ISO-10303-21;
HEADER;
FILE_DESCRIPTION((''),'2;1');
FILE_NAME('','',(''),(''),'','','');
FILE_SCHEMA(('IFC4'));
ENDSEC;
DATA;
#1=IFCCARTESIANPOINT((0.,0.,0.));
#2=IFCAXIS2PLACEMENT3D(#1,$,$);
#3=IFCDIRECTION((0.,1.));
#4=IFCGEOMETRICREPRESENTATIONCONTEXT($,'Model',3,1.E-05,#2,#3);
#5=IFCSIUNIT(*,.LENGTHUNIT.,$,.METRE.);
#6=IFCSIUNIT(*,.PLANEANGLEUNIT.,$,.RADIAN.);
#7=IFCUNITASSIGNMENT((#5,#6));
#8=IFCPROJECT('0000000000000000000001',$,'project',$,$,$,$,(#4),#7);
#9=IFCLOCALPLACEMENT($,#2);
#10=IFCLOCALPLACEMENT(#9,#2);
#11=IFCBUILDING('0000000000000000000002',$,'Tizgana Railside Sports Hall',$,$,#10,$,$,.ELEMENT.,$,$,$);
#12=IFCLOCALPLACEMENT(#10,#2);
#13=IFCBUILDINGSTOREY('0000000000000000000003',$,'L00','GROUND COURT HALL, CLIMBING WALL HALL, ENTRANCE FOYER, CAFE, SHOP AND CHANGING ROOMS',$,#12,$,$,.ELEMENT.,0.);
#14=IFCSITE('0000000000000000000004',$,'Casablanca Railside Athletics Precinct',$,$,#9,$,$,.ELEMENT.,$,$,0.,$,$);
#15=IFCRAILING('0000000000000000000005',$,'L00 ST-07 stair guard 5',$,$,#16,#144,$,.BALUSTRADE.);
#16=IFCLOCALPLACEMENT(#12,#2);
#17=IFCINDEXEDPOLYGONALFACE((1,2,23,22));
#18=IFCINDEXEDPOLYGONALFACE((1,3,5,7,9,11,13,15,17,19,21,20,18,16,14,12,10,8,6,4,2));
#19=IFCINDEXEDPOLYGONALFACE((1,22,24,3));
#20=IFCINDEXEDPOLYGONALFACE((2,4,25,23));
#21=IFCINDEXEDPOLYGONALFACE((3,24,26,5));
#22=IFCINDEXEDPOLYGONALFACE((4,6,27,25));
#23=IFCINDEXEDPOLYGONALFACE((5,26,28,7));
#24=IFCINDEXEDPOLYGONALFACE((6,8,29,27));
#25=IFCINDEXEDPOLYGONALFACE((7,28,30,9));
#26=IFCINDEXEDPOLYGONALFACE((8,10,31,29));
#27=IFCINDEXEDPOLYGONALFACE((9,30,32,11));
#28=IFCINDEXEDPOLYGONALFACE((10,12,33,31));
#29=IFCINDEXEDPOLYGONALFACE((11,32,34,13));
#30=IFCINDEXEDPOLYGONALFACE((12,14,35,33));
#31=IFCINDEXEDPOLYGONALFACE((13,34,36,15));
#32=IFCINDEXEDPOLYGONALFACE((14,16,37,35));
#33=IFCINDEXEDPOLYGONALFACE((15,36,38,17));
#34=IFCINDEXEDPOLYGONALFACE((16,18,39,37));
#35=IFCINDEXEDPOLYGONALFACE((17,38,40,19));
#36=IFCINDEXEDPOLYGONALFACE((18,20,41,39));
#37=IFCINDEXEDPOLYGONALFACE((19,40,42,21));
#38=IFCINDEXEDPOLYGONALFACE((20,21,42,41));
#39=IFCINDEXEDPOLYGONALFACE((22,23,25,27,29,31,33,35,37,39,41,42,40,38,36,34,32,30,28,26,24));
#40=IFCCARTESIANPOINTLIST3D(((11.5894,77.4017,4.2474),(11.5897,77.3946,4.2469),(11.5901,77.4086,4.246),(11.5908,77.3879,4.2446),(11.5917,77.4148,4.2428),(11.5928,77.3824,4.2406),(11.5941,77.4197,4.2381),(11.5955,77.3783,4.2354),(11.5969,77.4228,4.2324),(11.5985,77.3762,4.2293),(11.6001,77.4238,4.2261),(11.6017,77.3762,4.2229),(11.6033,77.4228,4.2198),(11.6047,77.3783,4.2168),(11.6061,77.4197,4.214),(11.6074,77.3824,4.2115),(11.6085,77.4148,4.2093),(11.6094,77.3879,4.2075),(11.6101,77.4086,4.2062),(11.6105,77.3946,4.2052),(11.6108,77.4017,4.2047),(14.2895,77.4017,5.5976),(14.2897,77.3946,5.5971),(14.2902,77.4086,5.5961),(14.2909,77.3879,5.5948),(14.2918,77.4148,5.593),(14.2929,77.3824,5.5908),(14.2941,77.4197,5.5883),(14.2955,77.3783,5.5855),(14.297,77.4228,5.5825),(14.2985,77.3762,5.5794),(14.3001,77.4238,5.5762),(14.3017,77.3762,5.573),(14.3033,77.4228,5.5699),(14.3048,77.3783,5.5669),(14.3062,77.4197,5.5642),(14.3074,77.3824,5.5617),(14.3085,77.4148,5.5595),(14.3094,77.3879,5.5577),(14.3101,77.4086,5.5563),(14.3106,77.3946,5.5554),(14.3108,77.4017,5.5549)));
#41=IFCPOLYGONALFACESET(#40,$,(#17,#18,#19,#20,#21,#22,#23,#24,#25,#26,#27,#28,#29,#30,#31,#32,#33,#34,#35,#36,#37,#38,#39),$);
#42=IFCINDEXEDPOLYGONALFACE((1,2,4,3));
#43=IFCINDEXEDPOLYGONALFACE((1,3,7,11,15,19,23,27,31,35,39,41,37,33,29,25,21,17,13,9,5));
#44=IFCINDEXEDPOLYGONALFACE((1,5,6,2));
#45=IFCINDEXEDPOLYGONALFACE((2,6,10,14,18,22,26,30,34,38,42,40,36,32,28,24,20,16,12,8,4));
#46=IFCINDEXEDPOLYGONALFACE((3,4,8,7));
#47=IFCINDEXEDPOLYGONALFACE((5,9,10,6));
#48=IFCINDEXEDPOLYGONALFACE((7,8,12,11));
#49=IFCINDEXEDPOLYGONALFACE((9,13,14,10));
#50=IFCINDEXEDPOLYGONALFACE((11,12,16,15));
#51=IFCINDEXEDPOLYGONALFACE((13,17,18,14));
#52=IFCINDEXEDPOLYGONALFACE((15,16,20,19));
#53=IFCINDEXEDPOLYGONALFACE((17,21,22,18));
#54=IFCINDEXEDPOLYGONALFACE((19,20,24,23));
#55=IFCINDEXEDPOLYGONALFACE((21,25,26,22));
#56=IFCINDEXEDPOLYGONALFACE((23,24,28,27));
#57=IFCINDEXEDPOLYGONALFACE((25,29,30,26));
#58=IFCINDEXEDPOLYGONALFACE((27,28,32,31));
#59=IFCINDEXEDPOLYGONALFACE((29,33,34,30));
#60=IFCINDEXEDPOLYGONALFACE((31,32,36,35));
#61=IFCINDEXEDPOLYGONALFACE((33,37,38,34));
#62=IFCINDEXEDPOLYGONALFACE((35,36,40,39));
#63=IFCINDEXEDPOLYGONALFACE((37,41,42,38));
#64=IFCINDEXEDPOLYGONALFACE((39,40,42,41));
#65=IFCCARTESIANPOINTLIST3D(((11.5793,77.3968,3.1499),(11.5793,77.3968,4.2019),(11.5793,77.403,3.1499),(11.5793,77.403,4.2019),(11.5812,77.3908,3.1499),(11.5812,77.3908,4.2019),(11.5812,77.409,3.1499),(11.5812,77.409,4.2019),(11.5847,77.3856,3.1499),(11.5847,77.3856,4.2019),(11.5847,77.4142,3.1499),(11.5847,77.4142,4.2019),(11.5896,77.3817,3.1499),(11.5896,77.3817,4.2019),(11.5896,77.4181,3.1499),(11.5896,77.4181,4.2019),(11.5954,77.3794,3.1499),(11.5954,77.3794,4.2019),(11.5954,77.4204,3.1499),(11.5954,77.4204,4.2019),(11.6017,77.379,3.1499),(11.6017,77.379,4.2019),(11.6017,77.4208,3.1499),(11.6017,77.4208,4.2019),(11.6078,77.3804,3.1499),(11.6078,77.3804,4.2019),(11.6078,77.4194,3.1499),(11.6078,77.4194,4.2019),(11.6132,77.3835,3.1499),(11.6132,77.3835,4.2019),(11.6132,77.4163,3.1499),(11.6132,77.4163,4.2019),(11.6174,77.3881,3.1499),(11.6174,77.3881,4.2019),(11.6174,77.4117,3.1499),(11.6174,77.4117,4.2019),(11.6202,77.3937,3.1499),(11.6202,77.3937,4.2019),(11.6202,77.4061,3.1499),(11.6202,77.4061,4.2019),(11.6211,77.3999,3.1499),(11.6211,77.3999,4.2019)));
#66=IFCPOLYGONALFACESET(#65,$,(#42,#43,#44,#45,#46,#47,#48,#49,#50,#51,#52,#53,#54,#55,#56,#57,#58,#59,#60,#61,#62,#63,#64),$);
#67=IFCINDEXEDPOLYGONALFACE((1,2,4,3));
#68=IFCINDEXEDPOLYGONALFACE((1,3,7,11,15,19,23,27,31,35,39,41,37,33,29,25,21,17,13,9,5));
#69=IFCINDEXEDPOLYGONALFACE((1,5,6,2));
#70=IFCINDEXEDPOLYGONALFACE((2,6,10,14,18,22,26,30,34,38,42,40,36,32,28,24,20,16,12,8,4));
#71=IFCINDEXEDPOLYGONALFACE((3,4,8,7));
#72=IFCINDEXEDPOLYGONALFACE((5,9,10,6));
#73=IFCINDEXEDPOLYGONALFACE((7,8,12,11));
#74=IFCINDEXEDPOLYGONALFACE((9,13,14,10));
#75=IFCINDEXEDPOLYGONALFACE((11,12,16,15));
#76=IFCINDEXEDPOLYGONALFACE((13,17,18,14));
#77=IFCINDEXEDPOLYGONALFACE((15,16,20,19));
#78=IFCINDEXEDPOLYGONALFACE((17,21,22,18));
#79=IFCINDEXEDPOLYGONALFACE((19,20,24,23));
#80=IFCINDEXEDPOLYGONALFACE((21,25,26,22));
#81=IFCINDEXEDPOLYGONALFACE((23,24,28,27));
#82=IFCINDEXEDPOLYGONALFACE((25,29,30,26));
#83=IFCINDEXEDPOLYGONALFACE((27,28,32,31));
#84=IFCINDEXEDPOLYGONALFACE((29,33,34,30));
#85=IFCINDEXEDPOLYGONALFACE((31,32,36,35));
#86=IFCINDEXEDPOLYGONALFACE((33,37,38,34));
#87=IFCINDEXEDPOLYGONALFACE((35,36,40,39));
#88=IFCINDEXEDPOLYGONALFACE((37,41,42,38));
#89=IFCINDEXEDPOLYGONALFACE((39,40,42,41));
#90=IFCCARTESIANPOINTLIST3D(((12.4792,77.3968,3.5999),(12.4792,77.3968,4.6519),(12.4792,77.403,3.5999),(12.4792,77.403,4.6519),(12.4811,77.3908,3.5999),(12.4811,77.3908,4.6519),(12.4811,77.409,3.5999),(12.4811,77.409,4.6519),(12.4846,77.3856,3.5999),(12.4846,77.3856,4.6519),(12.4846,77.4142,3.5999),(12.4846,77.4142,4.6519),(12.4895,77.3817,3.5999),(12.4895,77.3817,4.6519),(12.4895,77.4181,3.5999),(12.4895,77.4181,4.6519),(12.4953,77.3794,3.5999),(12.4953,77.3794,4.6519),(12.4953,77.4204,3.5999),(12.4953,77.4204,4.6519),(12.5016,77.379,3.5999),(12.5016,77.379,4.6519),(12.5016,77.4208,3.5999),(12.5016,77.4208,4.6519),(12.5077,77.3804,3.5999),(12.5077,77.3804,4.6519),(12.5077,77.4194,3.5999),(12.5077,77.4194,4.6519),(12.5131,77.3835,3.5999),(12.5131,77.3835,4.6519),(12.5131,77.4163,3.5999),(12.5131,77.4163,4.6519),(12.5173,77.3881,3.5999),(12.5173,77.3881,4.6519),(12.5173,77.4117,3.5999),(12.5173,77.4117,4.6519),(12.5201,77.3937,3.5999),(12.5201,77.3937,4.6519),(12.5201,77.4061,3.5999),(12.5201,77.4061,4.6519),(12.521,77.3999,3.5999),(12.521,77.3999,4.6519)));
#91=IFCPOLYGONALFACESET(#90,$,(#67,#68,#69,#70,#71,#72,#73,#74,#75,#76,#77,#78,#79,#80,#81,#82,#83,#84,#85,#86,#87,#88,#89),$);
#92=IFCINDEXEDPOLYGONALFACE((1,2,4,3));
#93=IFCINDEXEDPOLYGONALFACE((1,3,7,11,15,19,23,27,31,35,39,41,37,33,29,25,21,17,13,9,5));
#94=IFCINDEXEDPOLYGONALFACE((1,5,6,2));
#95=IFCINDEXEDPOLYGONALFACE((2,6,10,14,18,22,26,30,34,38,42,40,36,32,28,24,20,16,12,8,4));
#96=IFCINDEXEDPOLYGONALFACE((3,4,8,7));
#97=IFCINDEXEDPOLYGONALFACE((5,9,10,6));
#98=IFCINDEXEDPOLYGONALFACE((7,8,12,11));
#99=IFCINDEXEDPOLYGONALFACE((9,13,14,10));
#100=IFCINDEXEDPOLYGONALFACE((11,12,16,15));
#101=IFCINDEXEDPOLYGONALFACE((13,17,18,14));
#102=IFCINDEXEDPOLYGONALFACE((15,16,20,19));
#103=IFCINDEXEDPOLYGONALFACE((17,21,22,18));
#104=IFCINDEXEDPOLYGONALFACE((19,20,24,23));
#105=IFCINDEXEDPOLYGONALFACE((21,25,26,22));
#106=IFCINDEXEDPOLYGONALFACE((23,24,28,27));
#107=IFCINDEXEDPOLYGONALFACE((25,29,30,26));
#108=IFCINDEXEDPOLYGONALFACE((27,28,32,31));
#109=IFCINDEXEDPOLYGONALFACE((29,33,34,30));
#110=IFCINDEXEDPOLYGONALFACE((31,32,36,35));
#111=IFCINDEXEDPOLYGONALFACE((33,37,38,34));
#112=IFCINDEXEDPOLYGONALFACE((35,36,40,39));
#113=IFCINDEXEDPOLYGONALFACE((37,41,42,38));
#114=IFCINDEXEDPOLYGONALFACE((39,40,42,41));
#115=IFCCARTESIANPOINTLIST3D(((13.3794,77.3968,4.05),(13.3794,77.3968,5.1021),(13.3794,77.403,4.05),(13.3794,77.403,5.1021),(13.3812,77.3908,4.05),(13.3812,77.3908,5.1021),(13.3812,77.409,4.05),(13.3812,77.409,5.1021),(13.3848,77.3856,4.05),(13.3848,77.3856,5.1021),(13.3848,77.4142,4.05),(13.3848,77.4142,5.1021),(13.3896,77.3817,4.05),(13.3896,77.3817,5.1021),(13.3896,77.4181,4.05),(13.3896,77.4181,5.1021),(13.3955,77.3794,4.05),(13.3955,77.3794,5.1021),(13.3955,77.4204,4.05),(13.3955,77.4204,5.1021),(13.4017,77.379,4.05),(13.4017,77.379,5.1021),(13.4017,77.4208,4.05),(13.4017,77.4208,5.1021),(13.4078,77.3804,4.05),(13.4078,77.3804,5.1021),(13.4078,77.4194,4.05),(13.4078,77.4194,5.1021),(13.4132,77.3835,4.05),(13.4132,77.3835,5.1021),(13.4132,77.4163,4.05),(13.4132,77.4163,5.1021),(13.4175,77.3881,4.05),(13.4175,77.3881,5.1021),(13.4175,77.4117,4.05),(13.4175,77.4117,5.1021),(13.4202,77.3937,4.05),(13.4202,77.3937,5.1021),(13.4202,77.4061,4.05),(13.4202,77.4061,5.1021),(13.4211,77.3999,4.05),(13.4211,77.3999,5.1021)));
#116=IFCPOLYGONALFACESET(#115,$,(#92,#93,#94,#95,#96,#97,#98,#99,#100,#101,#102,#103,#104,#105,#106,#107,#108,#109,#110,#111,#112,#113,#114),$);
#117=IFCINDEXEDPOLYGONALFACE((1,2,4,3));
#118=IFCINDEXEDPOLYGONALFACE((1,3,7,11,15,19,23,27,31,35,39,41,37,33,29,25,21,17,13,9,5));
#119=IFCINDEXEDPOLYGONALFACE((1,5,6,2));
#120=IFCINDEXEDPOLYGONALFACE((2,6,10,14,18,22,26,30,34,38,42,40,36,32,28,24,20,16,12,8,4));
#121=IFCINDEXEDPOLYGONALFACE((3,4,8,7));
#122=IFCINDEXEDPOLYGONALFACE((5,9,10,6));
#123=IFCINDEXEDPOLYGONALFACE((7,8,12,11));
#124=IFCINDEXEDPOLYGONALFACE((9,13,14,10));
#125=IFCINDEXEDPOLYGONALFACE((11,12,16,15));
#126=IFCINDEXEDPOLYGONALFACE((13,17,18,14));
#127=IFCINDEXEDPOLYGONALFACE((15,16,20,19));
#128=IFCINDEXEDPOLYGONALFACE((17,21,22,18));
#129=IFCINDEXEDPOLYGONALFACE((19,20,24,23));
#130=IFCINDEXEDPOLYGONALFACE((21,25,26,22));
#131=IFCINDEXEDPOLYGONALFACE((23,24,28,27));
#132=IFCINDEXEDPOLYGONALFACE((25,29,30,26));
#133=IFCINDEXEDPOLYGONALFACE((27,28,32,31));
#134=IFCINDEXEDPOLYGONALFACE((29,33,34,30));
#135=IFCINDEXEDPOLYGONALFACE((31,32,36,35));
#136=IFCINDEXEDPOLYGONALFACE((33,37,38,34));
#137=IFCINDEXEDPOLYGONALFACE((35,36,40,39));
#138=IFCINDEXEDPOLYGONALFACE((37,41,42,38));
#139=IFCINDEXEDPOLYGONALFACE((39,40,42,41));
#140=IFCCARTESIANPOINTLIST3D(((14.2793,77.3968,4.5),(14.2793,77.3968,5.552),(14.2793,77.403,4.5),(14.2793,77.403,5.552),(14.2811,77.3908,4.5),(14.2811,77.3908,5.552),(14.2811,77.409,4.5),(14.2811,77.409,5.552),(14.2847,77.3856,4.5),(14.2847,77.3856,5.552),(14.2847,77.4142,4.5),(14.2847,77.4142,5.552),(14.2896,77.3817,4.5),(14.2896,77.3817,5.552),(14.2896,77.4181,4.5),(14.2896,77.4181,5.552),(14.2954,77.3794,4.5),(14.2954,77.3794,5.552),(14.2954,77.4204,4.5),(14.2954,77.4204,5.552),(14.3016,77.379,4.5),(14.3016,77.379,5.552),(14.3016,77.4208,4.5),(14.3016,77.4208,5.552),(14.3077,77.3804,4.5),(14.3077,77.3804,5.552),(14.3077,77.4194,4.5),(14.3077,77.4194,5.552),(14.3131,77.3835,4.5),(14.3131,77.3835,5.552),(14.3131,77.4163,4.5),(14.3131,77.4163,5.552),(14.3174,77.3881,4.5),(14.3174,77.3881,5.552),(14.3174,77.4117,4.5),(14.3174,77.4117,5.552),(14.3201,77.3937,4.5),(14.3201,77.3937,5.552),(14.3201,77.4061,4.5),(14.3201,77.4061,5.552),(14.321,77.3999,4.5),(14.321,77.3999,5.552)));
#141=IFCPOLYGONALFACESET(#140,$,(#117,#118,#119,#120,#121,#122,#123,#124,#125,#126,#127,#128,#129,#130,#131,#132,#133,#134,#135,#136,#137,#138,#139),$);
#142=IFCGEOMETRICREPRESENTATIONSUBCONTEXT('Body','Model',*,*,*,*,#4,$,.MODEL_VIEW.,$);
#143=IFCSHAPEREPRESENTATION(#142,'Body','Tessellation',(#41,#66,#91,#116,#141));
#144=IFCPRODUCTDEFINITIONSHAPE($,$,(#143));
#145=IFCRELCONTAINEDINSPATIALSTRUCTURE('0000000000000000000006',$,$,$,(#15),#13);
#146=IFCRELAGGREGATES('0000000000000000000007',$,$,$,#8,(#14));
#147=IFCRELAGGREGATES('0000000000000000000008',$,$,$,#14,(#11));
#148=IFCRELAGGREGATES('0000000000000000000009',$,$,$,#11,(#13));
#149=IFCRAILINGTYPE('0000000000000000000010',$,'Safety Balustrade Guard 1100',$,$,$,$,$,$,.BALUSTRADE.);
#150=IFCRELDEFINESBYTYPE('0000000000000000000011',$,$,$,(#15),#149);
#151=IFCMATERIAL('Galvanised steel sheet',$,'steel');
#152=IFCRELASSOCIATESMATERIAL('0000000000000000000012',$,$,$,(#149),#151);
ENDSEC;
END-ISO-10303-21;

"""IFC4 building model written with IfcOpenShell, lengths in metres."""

from ifc_helpers import new_model, si_unit, direction, frame, origin, origin_2d, place, context, subcontext, project, spatial, circle, extrude, material, type_object, element, save


model = new_model("IFC4")

# Units and contexts
model_context = context("Model", 3, precision=1e-05, world=origin(), true_north=direction((0.0, 1.0)))
body_context = subcontext(model_context, "Body", "Model", "MODEL_VIEW")
ifc_project = project(units=[si_unit("LENGTHUNIT", "METRE"), si_unit("PLANEANGLEUNIT", "RADIAN")], contexts=[model_context])

# Site, building, storey
site_placement = place(None, origin())
site = spatial("IfcSite", under=ifc_project, at=site_placement, Name="Casablanca Railside Athletics Precinct", CompositionType="ELEMENT", RefElevation=0.0)
building_placement = place(site_placement, origin())
building = spatial("IfcBuilding", under=site, at=building_placement, Name="Tizgana Railside Sports Hall", CompositionType="ELEMENT")
storey_placement = place(building_placement, origin())
storey = spatial("IfcBuildingStorey", under=building, at=storey_placement, Name="L00", Description="GROUND COURT HALL, CLIMBING WALL HALL, ENTRANCE FOYER, CAFE, SHOP AND CHANGING ROOMS", CompositionType="ELEMENT", Elevation=0.0)

# Railing
ifc_material_1 = material(Name="Galvanised steel sheet", Category="steel")
railing_type_1 = type_object("IfcRailingType", Name="Safety Balustrade Guard 1100", PredefinedType="BALUSTRADE", material=ifc_material_1)
railing_1_placement = place(storey_placement, frame((11.6001, 77.3999, 3.1499)))
element("IfcRailing", 1, at=railing_1_placement, inside=storey, type_object=railing_type_1, Name="L00 ST-07 stair guard 5", PredefinedType="BALUSTRADE", context=body_context, shape_type="SweptSolid", body=[
    extrude(circle(Radius=0.0239, at=origin_2d()), frame((0.0, 0.0, 1.0762), z_axis=(0.894411, 0.0, 0.447246), x_axis=(0.0, 1.0, 0.0)), (0.0, 0.0, 1.0), 3.0188),
    extrude(circle(Radius=0.021, at=origin_2d()), origin(), (0.0, 0.0, 1.0), 1.052),
    extrude(circle(Radius=0.021, at=origin_2d()), frame((0.8999, 0.0, 0.45)), (0.0, 0.0, 1.0), 1.052),
    extrude(circle(Radius=0.021, at=origin_2d()), frame((1.8, 0.0, 0.9001)), (0.0, 0.0, 1.0), 1.052),
    extrude(circle(Radius=0.021, at=origin_2d()), frame((2.7, 0.0, 1.3501)), (0.0, 0.0, 1.0), 1.052),
])

save(model, "model.ifc")
